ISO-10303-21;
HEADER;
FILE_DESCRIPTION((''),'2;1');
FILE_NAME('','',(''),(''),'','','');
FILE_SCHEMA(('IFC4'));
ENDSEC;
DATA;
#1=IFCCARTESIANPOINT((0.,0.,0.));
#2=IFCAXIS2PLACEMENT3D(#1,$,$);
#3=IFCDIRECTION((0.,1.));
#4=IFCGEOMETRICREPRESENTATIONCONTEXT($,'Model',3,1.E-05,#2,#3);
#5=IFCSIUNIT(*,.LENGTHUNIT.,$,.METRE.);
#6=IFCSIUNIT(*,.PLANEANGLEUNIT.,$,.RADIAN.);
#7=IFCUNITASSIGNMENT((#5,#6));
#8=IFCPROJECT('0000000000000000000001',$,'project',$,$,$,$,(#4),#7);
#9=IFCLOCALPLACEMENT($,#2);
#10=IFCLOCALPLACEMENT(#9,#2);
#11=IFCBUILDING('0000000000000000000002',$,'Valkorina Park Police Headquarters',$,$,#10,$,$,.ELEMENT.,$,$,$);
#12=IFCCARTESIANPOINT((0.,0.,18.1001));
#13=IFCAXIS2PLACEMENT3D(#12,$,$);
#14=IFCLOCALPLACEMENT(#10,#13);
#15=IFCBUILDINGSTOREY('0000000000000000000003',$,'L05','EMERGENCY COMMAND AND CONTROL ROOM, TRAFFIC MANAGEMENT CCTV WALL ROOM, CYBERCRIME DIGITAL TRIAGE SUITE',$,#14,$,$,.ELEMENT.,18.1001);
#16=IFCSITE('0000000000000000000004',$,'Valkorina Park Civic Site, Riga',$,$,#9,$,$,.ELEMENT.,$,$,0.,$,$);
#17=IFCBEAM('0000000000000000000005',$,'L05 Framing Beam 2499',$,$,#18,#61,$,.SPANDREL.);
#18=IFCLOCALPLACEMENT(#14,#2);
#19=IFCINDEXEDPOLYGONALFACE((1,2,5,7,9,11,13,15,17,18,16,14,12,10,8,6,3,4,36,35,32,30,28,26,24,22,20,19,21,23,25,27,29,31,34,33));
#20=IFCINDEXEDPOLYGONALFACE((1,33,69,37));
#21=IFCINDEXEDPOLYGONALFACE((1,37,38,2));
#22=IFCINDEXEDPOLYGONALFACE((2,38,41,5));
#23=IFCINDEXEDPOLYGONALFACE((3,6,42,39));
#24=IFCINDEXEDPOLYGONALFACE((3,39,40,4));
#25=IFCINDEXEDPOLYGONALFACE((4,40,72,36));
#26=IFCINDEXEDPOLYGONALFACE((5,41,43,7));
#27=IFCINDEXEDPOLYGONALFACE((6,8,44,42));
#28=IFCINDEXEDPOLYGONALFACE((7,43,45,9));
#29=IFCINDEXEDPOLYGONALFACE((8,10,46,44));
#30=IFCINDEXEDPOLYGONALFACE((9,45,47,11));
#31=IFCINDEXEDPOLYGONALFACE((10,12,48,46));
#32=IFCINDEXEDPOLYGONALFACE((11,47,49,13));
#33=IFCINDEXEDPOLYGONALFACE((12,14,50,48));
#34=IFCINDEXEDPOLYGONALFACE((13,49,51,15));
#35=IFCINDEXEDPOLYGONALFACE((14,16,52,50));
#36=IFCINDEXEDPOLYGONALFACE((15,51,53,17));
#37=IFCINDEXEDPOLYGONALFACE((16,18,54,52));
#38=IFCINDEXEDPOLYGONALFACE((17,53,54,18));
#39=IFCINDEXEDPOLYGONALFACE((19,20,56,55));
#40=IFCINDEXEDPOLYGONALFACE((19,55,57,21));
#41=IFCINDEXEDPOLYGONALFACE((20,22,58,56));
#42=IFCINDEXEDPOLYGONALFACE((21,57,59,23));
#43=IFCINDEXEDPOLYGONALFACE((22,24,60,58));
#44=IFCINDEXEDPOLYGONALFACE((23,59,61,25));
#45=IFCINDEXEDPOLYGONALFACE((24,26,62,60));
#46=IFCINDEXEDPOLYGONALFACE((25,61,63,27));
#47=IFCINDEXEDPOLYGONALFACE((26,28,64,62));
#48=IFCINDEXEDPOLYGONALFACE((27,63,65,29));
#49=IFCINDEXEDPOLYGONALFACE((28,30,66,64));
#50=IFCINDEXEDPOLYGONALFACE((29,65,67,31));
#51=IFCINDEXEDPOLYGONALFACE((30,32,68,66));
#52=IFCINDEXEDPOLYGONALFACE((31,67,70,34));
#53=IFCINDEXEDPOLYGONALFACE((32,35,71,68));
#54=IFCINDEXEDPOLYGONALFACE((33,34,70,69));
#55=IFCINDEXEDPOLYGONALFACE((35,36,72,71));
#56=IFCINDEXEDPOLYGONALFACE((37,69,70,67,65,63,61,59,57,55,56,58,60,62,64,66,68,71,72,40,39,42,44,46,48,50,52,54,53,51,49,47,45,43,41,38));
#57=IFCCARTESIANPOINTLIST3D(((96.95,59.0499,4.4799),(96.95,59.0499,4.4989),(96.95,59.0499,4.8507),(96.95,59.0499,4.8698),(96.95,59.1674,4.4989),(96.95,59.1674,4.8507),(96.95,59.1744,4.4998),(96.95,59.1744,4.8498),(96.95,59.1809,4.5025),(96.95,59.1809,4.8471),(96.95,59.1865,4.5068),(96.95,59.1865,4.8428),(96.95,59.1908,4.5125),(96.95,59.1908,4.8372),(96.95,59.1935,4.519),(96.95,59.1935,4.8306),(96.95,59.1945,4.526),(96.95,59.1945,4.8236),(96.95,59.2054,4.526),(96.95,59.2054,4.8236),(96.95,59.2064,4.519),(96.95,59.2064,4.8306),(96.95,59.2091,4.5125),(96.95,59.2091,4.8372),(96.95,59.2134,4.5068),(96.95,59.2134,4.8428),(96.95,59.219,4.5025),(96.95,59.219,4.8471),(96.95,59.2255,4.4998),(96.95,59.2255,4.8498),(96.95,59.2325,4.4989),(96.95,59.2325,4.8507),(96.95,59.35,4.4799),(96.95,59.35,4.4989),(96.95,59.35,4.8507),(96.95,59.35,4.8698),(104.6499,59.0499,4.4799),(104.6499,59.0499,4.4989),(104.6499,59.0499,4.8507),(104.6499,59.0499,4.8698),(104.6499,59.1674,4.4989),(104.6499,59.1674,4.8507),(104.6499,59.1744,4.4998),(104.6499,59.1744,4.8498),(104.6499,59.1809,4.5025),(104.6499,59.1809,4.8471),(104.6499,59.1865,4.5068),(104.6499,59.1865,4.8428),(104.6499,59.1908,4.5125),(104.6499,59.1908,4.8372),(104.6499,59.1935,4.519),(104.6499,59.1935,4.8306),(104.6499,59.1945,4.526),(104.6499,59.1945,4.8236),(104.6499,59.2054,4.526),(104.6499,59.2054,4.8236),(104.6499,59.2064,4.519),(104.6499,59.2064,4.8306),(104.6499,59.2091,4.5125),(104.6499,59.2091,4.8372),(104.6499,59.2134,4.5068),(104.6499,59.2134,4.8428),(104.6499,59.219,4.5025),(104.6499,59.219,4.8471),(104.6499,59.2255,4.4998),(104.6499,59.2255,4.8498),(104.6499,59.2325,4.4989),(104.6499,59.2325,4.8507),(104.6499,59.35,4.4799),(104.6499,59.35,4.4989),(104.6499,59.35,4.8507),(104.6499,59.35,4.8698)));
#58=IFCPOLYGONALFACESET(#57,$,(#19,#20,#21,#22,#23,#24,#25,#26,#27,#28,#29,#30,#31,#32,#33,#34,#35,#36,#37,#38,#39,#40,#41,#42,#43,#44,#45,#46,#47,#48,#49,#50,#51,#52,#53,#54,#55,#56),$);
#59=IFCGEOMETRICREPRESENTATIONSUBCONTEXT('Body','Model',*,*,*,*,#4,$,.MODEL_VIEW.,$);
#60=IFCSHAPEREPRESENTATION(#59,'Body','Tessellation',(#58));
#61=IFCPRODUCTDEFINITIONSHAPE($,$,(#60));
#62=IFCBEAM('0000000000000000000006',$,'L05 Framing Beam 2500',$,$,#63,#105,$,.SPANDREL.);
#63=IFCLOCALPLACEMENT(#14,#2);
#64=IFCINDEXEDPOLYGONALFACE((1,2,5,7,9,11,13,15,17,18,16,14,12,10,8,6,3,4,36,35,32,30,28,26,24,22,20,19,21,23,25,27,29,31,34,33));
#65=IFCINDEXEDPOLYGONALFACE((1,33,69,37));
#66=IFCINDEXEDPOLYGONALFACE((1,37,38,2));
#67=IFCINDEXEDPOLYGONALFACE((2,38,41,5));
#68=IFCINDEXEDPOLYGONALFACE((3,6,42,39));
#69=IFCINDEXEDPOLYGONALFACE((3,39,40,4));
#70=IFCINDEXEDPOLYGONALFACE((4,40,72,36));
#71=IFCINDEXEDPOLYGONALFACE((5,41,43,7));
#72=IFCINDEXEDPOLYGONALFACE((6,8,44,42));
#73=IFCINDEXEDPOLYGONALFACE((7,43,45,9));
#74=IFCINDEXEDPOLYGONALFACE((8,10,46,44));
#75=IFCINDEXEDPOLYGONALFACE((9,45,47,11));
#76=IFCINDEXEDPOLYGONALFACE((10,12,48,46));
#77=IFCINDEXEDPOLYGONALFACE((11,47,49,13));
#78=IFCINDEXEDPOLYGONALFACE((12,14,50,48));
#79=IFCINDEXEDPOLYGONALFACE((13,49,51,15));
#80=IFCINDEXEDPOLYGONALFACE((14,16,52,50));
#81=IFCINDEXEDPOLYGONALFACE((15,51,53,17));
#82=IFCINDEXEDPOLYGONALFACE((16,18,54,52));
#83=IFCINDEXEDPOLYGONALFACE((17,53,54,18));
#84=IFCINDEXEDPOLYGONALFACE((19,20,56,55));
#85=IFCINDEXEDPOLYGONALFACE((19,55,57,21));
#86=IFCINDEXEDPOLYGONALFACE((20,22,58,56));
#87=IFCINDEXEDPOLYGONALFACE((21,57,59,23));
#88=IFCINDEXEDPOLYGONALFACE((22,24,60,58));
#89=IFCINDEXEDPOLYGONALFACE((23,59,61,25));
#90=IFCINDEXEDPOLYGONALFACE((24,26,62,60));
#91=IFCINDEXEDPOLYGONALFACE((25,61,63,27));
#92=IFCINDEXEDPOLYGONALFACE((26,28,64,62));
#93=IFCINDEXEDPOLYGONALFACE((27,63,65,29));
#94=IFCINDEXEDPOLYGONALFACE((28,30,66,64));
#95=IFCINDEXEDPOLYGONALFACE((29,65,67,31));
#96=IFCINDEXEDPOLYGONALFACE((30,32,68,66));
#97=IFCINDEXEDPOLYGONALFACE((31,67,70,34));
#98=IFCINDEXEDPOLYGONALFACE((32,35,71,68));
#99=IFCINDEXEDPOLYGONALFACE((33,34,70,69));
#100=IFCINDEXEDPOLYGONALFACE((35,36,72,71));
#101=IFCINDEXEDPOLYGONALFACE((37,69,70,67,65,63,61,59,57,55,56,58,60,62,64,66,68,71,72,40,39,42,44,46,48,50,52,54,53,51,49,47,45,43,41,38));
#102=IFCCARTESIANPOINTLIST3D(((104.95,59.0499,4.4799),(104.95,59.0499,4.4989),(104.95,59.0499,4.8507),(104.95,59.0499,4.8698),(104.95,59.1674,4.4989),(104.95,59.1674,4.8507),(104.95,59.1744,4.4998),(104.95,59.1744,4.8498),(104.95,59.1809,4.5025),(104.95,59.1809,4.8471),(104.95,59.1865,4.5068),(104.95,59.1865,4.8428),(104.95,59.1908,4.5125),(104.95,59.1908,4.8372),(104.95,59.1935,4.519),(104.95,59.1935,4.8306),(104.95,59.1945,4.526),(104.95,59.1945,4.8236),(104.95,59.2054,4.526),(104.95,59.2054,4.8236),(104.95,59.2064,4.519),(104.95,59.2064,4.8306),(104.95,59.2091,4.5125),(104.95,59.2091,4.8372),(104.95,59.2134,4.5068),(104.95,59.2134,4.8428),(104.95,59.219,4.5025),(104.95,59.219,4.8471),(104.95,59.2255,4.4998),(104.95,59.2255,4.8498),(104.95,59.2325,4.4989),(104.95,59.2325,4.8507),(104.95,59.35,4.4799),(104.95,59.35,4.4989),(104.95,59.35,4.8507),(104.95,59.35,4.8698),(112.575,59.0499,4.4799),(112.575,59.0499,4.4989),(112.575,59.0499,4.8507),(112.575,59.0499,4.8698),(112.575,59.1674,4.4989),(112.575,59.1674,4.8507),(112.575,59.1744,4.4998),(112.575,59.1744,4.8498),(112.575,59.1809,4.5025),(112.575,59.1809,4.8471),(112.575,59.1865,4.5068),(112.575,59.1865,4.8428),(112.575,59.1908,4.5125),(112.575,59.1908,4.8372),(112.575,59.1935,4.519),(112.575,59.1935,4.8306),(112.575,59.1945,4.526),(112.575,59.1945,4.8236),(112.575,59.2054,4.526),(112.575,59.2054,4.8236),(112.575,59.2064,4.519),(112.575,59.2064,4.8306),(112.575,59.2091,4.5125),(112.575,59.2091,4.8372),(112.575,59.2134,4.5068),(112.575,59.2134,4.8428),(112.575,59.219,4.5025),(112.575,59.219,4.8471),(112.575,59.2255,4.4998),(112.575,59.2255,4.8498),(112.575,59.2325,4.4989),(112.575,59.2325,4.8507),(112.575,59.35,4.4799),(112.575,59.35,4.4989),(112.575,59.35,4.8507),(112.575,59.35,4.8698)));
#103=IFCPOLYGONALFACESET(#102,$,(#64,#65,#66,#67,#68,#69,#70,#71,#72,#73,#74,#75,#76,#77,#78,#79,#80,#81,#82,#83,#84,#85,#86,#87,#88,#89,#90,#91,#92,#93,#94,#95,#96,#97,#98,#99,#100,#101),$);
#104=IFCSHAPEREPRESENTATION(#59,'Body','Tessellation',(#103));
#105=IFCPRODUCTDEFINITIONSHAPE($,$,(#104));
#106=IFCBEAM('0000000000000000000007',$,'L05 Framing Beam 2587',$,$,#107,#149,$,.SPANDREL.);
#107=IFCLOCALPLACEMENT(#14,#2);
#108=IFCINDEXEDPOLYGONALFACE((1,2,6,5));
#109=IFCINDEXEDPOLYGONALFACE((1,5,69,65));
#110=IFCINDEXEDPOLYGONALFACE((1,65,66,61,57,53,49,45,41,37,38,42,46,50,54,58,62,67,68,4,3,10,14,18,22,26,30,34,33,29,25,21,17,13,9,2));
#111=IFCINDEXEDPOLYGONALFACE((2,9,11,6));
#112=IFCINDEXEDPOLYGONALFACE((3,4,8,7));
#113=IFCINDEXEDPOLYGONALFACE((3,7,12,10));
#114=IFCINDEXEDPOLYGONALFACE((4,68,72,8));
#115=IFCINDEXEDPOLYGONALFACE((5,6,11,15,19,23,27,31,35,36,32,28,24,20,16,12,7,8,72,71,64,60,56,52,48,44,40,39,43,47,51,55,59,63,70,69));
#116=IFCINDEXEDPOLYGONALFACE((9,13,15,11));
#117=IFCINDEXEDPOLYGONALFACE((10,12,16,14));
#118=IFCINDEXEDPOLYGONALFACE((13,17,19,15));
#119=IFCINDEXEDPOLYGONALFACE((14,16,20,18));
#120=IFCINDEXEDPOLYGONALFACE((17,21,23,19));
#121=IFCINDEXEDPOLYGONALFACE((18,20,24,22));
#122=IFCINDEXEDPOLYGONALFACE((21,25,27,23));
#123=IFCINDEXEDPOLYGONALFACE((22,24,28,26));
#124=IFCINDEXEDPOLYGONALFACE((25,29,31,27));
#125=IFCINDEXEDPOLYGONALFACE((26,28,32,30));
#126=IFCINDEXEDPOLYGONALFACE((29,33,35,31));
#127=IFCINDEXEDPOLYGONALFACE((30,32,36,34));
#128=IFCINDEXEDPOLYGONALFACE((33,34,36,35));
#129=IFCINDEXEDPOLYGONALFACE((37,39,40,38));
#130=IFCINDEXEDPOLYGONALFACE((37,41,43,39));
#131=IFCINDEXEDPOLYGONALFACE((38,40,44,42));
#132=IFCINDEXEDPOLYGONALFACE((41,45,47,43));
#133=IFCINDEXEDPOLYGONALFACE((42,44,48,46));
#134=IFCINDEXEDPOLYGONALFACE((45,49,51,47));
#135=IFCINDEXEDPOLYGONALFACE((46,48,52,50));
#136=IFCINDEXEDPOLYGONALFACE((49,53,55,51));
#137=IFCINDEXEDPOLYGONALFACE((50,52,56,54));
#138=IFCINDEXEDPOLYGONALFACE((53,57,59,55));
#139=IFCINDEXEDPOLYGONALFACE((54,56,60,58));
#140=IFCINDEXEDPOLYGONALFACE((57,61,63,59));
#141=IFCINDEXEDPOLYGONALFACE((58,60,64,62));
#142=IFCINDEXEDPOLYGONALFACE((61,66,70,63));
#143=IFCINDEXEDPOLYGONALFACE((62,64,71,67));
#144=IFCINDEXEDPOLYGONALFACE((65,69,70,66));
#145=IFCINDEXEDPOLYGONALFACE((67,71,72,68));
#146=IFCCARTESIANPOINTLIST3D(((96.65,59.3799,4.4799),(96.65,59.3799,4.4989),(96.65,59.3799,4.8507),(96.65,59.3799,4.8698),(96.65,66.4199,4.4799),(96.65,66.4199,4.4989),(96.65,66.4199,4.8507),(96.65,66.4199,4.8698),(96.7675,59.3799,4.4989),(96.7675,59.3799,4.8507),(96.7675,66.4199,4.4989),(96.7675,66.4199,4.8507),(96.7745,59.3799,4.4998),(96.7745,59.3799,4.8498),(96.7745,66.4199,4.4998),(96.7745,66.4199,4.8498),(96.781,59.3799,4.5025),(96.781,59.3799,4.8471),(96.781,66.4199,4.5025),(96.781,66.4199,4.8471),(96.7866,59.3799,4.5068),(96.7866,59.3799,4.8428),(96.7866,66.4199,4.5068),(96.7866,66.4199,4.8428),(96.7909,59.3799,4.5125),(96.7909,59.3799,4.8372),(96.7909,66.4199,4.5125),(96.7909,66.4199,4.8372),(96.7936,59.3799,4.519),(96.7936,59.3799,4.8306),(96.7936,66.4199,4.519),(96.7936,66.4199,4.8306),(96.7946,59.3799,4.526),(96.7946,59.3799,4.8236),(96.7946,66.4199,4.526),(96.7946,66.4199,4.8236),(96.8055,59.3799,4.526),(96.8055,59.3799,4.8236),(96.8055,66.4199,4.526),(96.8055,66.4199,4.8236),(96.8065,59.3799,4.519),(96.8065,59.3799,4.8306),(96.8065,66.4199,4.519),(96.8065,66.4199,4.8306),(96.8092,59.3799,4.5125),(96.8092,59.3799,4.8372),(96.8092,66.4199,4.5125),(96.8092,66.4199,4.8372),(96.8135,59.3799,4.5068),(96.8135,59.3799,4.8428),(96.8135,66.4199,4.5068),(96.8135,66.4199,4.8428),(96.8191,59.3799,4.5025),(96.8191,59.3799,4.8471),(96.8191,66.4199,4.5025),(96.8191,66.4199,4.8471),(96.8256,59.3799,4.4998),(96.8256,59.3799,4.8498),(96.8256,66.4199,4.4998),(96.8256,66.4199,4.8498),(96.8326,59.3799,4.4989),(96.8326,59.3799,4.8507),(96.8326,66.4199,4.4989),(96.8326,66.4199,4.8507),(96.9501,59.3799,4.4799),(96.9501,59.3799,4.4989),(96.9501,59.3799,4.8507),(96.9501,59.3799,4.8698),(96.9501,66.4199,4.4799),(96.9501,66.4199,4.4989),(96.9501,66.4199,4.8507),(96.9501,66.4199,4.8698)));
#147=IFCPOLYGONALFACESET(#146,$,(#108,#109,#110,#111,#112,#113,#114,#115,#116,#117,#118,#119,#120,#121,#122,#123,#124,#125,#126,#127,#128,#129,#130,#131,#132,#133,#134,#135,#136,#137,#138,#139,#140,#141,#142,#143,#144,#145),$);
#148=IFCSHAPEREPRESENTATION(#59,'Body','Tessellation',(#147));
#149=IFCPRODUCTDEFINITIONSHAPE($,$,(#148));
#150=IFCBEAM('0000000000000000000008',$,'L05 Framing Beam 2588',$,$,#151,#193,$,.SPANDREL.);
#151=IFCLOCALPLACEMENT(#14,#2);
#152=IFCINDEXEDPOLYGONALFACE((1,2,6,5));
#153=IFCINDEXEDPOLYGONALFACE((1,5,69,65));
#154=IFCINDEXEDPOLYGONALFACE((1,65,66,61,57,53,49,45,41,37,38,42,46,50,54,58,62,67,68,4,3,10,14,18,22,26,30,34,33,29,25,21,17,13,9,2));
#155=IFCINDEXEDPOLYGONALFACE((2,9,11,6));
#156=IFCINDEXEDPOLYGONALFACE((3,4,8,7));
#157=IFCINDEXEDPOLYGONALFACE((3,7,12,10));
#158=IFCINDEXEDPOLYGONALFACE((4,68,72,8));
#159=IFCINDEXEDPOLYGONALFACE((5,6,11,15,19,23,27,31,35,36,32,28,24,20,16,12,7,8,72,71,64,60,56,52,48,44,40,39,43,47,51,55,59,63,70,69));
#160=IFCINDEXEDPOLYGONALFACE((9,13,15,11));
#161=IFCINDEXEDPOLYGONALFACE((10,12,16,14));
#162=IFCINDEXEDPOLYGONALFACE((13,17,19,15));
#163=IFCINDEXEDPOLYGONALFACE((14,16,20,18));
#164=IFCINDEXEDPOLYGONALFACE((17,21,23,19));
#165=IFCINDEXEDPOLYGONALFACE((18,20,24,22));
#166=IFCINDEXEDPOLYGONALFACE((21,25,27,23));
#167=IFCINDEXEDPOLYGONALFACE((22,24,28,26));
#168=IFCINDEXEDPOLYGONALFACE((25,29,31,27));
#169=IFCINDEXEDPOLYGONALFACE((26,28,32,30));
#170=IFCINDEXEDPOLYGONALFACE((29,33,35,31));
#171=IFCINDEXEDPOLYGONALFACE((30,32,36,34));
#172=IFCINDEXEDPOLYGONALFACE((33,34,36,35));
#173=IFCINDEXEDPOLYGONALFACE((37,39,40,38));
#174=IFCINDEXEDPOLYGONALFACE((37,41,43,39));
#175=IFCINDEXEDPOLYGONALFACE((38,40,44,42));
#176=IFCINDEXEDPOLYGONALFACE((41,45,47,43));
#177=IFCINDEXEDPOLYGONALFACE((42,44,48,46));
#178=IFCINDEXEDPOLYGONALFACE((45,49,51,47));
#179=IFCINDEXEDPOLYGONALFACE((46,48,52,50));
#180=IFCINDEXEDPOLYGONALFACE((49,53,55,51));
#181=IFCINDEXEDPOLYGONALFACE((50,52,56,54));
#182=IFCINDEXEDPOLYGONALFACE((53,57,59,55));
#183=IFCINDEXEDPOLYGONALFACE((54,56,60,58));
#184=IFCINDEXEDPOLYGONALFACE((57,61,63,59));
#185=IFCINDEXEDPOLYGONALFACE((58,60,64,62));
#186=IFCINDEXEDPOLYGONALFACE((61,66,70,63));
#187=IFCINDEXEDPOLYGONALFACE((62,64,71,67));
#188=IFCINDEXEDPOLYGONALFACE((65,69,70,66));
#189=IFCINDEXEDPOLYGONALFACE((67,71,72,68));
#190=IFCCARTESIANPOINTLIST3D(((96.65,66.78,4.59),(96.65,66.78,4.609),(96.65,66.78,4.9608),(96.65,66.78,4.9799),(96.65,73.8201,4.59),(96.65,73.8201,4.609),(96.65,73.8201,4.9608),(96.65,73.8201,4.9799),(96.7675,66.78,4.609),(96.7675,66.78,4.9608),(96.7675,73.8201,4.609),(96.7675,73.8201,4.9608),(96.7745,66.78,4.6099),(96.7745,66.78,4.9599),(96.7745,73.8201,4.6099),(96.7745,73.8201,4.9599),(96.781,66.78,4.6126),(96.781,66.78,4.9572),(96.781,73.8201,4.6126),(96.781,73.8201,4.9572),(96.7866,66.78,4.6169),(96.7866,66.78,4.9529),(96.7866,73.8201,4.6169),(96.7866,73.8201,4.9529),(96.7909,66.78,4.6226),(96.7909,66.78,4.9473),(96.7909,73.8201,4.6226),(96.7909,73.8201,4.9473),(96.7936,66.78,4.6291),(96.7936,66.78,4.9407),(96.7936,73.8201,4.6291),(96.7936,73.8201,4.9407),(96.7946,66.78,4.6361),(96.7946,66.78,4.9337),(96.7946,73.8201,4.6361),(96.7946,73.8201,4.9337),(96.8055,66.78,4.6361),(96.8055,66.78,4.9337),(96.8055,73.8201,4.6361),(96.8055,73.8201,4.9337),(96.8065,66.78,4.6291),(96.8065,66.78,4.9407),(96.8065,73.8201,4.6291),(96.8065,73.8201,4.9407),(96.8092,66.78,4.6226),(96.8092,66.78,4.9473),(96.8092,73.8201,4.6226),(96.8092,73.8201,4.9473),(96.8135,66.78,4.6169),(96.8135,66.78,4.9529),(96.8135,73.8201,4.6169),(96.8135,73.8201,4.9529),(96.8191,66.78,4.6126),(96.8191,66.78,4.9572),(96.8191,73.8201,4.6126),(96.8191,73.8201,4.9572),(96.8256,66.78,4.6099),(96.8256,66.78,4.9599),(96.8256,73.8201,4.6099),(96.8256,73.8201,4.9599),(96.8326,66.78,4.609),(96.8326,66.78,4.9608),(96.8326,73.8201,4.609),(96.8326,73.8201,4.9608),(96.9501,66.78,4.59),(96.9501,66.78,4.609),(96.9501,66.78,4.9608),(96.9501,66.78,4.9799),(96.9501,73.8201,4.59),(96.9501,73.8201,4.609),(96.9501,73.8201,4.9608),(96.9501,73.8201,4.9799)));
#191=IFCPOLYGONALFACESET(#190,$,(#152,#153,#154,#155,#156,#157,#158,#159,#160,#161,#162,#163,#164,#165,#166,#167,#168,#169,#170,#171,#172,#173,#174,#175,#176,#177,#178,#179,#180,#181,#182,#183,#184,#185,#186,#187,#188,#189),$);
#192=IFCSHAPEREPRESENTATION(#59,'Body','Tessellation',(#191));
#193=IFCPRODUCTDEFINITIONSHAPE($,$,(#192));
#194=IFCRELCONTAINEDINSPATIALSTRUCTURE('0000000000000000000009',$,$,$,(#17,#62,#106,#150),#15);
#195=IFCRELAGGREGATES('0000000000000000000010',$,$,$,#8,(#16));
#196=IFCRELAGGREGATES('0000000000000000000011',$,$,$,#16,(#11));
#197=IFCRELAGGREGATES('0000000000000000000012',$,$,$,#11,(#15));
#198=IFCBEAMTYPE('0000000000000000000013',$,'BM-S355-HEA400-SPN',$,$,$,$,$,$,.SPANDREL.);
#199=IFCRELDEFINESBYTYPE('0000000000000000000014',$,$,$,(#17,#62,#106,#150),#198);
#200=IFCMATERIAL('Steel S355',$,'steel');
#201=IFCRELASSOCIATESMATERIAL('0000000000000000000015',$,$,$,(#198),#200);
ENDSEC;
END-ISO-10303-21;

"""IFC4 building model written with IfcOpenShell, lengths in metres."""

from ifc_helpers import new_model, si_unit, direction, frame, origin, origin_2d, place, context, subcontext, project, spatial, i_section, extrude, material, material_profile, profile_set, type_object, element, save


model = new_model("IFC4")

# Units and contexts
model_context = context("Model", 3, precision=1e-05, world=origin(), true_north=direction((0.0, 1.0)))
body_context = subcontext(model_context, "Body", "Model", "MODEL_VIEW")
ifc_project = project(units=[si_unit("LENGTHUNIT", "METRE"), si_unit("PLANEANGLEUNIT", "RADIAN")], contexts=[model_context])

# Site, building, storey
site_placement = place(None, origin())
site = spatial("IfcSite", under=ifc_project, at=site_placement, Name="Valkorina Park Civic Site, Riga", CompositionType="ELEMENT", RefElevation=0.0)
building_placement = place(site_placement, origin())
building = spatial("IfcBuilding", under=site, at=building_placement, Name="Valkorina Park Police Headquarters", CompositionType="ELEMENT")
storey_placement = place(building_placement, frame((0.0, 0.0, 18.1001)))
storey = spatial("IfcBuildingStorey", under=building, at=storey_placement, Name="L05", Description="EMERGENCY COMMAND AND CONTROL ROOM, TRAFFIC MANAGEMENT CCTV WALL ROOM, CYBERCRIME DIGITAL TRIAGE SUITE", CompositionType="ELEMENT", Elevation=18.1001)

# Shared definitions
ifc_material_1 = material(Name="Steel S355", Category="steel")

# Beams
ifc_material_profile_1 = material_profile(ifc_material_1, i_section(OverallWidth=0.3, OverallDepth=0.3899, WebThickness=0.011, FlangeThickness=0.019, FilletRadius=0.0271, at=origin_2d()), Name="HEA 400")
ifc_profile_set_1 = profile_set([ifc_material_profile_1], Name="Steel S355")
beam_type_1 = type_object("IfcBeamType", Name="BM-S355-HEA400-SPN", PredefinedType="SPANDREL", material=ifc_profile_set_1)
beam_1_placement = place(storey_placement, frame((96.95, 59.2, 4.6748), z_axis=(1.0, 0.0, 0.0), x_axis=(0.0, 1.0, 0.0)))
element("IfcBeam", 1, at=beam_1_placement, inside=storey, type_object=beam_type_1, Name="L05 Framing Beam 2499", PredefinedType="SPANDREL", context=body_context, shape_type="SweptSolid", body=[
    extrude(i_section(OverallWidth=0.3, OverallDepth=0.3899, WebThickness=0.011, FlangeThickness=0.019, FilletRadius=0.0271, at=origin_2d()), origin(), (0.0, 0.0, 1.0), 7.7),
])
beam_2_placement = place(storey_placement, frame((104.95, 59.2, 4.6748), z_axis=(1.0, 0.0, 0.0), x_axis=(0.0, 1.0, 0.0)))
element("IfcBeam", 2, at=beam_2_placement, inside=storey, type_object=beam_type_1, Name="L05 Framing Beam 2500", PredefinedType="SPANDREL", context=body_context, shape_type="SweptSolid", body=[
    extrude(i_section(OverallWidth=0.3, OverallDepth=0.3899, WebThickness=0.011, FlangeThickness=0.019, FilletRadius=0.0271, at=origin_2d()), origin(), (0.0, 0.0, 1.0), 7.625),
])
for number, where, z_axis, x_axis, name in (
    (3, (96.8, 59.3799, 4.6748), (0.0, 1.0, 0.0), (-1.0, 0.0, 0.0), "L05 Framing Beam 2587"),
    (4, (96.8, 66.78, 4.7849), (0.0, 1.0, 0.0), (-1.0, 0.0, 0.0), "L05 Framing Beam 2588"),
):
    element("IfcBeam", number, at=place(storey_placement, frame(where, z_axis=z_axis, x_axis=x_axis)), inside=storey, type_object=beam_type_1, Name=name, PredefinedType="SPANDREL", context=body_context, shape_type="SweptSolid", body=[
        extrude(i_section(OverallWidth=0.3, OverallDepth=0.3899, WebThickness=0.011, FlangeThickness=0.019, FilletRadius=0.0271, at=origin_2d()), origin(), (0.0, 0.0, 1.0), 7.04),
    ])

save(model, "model.ifc")
